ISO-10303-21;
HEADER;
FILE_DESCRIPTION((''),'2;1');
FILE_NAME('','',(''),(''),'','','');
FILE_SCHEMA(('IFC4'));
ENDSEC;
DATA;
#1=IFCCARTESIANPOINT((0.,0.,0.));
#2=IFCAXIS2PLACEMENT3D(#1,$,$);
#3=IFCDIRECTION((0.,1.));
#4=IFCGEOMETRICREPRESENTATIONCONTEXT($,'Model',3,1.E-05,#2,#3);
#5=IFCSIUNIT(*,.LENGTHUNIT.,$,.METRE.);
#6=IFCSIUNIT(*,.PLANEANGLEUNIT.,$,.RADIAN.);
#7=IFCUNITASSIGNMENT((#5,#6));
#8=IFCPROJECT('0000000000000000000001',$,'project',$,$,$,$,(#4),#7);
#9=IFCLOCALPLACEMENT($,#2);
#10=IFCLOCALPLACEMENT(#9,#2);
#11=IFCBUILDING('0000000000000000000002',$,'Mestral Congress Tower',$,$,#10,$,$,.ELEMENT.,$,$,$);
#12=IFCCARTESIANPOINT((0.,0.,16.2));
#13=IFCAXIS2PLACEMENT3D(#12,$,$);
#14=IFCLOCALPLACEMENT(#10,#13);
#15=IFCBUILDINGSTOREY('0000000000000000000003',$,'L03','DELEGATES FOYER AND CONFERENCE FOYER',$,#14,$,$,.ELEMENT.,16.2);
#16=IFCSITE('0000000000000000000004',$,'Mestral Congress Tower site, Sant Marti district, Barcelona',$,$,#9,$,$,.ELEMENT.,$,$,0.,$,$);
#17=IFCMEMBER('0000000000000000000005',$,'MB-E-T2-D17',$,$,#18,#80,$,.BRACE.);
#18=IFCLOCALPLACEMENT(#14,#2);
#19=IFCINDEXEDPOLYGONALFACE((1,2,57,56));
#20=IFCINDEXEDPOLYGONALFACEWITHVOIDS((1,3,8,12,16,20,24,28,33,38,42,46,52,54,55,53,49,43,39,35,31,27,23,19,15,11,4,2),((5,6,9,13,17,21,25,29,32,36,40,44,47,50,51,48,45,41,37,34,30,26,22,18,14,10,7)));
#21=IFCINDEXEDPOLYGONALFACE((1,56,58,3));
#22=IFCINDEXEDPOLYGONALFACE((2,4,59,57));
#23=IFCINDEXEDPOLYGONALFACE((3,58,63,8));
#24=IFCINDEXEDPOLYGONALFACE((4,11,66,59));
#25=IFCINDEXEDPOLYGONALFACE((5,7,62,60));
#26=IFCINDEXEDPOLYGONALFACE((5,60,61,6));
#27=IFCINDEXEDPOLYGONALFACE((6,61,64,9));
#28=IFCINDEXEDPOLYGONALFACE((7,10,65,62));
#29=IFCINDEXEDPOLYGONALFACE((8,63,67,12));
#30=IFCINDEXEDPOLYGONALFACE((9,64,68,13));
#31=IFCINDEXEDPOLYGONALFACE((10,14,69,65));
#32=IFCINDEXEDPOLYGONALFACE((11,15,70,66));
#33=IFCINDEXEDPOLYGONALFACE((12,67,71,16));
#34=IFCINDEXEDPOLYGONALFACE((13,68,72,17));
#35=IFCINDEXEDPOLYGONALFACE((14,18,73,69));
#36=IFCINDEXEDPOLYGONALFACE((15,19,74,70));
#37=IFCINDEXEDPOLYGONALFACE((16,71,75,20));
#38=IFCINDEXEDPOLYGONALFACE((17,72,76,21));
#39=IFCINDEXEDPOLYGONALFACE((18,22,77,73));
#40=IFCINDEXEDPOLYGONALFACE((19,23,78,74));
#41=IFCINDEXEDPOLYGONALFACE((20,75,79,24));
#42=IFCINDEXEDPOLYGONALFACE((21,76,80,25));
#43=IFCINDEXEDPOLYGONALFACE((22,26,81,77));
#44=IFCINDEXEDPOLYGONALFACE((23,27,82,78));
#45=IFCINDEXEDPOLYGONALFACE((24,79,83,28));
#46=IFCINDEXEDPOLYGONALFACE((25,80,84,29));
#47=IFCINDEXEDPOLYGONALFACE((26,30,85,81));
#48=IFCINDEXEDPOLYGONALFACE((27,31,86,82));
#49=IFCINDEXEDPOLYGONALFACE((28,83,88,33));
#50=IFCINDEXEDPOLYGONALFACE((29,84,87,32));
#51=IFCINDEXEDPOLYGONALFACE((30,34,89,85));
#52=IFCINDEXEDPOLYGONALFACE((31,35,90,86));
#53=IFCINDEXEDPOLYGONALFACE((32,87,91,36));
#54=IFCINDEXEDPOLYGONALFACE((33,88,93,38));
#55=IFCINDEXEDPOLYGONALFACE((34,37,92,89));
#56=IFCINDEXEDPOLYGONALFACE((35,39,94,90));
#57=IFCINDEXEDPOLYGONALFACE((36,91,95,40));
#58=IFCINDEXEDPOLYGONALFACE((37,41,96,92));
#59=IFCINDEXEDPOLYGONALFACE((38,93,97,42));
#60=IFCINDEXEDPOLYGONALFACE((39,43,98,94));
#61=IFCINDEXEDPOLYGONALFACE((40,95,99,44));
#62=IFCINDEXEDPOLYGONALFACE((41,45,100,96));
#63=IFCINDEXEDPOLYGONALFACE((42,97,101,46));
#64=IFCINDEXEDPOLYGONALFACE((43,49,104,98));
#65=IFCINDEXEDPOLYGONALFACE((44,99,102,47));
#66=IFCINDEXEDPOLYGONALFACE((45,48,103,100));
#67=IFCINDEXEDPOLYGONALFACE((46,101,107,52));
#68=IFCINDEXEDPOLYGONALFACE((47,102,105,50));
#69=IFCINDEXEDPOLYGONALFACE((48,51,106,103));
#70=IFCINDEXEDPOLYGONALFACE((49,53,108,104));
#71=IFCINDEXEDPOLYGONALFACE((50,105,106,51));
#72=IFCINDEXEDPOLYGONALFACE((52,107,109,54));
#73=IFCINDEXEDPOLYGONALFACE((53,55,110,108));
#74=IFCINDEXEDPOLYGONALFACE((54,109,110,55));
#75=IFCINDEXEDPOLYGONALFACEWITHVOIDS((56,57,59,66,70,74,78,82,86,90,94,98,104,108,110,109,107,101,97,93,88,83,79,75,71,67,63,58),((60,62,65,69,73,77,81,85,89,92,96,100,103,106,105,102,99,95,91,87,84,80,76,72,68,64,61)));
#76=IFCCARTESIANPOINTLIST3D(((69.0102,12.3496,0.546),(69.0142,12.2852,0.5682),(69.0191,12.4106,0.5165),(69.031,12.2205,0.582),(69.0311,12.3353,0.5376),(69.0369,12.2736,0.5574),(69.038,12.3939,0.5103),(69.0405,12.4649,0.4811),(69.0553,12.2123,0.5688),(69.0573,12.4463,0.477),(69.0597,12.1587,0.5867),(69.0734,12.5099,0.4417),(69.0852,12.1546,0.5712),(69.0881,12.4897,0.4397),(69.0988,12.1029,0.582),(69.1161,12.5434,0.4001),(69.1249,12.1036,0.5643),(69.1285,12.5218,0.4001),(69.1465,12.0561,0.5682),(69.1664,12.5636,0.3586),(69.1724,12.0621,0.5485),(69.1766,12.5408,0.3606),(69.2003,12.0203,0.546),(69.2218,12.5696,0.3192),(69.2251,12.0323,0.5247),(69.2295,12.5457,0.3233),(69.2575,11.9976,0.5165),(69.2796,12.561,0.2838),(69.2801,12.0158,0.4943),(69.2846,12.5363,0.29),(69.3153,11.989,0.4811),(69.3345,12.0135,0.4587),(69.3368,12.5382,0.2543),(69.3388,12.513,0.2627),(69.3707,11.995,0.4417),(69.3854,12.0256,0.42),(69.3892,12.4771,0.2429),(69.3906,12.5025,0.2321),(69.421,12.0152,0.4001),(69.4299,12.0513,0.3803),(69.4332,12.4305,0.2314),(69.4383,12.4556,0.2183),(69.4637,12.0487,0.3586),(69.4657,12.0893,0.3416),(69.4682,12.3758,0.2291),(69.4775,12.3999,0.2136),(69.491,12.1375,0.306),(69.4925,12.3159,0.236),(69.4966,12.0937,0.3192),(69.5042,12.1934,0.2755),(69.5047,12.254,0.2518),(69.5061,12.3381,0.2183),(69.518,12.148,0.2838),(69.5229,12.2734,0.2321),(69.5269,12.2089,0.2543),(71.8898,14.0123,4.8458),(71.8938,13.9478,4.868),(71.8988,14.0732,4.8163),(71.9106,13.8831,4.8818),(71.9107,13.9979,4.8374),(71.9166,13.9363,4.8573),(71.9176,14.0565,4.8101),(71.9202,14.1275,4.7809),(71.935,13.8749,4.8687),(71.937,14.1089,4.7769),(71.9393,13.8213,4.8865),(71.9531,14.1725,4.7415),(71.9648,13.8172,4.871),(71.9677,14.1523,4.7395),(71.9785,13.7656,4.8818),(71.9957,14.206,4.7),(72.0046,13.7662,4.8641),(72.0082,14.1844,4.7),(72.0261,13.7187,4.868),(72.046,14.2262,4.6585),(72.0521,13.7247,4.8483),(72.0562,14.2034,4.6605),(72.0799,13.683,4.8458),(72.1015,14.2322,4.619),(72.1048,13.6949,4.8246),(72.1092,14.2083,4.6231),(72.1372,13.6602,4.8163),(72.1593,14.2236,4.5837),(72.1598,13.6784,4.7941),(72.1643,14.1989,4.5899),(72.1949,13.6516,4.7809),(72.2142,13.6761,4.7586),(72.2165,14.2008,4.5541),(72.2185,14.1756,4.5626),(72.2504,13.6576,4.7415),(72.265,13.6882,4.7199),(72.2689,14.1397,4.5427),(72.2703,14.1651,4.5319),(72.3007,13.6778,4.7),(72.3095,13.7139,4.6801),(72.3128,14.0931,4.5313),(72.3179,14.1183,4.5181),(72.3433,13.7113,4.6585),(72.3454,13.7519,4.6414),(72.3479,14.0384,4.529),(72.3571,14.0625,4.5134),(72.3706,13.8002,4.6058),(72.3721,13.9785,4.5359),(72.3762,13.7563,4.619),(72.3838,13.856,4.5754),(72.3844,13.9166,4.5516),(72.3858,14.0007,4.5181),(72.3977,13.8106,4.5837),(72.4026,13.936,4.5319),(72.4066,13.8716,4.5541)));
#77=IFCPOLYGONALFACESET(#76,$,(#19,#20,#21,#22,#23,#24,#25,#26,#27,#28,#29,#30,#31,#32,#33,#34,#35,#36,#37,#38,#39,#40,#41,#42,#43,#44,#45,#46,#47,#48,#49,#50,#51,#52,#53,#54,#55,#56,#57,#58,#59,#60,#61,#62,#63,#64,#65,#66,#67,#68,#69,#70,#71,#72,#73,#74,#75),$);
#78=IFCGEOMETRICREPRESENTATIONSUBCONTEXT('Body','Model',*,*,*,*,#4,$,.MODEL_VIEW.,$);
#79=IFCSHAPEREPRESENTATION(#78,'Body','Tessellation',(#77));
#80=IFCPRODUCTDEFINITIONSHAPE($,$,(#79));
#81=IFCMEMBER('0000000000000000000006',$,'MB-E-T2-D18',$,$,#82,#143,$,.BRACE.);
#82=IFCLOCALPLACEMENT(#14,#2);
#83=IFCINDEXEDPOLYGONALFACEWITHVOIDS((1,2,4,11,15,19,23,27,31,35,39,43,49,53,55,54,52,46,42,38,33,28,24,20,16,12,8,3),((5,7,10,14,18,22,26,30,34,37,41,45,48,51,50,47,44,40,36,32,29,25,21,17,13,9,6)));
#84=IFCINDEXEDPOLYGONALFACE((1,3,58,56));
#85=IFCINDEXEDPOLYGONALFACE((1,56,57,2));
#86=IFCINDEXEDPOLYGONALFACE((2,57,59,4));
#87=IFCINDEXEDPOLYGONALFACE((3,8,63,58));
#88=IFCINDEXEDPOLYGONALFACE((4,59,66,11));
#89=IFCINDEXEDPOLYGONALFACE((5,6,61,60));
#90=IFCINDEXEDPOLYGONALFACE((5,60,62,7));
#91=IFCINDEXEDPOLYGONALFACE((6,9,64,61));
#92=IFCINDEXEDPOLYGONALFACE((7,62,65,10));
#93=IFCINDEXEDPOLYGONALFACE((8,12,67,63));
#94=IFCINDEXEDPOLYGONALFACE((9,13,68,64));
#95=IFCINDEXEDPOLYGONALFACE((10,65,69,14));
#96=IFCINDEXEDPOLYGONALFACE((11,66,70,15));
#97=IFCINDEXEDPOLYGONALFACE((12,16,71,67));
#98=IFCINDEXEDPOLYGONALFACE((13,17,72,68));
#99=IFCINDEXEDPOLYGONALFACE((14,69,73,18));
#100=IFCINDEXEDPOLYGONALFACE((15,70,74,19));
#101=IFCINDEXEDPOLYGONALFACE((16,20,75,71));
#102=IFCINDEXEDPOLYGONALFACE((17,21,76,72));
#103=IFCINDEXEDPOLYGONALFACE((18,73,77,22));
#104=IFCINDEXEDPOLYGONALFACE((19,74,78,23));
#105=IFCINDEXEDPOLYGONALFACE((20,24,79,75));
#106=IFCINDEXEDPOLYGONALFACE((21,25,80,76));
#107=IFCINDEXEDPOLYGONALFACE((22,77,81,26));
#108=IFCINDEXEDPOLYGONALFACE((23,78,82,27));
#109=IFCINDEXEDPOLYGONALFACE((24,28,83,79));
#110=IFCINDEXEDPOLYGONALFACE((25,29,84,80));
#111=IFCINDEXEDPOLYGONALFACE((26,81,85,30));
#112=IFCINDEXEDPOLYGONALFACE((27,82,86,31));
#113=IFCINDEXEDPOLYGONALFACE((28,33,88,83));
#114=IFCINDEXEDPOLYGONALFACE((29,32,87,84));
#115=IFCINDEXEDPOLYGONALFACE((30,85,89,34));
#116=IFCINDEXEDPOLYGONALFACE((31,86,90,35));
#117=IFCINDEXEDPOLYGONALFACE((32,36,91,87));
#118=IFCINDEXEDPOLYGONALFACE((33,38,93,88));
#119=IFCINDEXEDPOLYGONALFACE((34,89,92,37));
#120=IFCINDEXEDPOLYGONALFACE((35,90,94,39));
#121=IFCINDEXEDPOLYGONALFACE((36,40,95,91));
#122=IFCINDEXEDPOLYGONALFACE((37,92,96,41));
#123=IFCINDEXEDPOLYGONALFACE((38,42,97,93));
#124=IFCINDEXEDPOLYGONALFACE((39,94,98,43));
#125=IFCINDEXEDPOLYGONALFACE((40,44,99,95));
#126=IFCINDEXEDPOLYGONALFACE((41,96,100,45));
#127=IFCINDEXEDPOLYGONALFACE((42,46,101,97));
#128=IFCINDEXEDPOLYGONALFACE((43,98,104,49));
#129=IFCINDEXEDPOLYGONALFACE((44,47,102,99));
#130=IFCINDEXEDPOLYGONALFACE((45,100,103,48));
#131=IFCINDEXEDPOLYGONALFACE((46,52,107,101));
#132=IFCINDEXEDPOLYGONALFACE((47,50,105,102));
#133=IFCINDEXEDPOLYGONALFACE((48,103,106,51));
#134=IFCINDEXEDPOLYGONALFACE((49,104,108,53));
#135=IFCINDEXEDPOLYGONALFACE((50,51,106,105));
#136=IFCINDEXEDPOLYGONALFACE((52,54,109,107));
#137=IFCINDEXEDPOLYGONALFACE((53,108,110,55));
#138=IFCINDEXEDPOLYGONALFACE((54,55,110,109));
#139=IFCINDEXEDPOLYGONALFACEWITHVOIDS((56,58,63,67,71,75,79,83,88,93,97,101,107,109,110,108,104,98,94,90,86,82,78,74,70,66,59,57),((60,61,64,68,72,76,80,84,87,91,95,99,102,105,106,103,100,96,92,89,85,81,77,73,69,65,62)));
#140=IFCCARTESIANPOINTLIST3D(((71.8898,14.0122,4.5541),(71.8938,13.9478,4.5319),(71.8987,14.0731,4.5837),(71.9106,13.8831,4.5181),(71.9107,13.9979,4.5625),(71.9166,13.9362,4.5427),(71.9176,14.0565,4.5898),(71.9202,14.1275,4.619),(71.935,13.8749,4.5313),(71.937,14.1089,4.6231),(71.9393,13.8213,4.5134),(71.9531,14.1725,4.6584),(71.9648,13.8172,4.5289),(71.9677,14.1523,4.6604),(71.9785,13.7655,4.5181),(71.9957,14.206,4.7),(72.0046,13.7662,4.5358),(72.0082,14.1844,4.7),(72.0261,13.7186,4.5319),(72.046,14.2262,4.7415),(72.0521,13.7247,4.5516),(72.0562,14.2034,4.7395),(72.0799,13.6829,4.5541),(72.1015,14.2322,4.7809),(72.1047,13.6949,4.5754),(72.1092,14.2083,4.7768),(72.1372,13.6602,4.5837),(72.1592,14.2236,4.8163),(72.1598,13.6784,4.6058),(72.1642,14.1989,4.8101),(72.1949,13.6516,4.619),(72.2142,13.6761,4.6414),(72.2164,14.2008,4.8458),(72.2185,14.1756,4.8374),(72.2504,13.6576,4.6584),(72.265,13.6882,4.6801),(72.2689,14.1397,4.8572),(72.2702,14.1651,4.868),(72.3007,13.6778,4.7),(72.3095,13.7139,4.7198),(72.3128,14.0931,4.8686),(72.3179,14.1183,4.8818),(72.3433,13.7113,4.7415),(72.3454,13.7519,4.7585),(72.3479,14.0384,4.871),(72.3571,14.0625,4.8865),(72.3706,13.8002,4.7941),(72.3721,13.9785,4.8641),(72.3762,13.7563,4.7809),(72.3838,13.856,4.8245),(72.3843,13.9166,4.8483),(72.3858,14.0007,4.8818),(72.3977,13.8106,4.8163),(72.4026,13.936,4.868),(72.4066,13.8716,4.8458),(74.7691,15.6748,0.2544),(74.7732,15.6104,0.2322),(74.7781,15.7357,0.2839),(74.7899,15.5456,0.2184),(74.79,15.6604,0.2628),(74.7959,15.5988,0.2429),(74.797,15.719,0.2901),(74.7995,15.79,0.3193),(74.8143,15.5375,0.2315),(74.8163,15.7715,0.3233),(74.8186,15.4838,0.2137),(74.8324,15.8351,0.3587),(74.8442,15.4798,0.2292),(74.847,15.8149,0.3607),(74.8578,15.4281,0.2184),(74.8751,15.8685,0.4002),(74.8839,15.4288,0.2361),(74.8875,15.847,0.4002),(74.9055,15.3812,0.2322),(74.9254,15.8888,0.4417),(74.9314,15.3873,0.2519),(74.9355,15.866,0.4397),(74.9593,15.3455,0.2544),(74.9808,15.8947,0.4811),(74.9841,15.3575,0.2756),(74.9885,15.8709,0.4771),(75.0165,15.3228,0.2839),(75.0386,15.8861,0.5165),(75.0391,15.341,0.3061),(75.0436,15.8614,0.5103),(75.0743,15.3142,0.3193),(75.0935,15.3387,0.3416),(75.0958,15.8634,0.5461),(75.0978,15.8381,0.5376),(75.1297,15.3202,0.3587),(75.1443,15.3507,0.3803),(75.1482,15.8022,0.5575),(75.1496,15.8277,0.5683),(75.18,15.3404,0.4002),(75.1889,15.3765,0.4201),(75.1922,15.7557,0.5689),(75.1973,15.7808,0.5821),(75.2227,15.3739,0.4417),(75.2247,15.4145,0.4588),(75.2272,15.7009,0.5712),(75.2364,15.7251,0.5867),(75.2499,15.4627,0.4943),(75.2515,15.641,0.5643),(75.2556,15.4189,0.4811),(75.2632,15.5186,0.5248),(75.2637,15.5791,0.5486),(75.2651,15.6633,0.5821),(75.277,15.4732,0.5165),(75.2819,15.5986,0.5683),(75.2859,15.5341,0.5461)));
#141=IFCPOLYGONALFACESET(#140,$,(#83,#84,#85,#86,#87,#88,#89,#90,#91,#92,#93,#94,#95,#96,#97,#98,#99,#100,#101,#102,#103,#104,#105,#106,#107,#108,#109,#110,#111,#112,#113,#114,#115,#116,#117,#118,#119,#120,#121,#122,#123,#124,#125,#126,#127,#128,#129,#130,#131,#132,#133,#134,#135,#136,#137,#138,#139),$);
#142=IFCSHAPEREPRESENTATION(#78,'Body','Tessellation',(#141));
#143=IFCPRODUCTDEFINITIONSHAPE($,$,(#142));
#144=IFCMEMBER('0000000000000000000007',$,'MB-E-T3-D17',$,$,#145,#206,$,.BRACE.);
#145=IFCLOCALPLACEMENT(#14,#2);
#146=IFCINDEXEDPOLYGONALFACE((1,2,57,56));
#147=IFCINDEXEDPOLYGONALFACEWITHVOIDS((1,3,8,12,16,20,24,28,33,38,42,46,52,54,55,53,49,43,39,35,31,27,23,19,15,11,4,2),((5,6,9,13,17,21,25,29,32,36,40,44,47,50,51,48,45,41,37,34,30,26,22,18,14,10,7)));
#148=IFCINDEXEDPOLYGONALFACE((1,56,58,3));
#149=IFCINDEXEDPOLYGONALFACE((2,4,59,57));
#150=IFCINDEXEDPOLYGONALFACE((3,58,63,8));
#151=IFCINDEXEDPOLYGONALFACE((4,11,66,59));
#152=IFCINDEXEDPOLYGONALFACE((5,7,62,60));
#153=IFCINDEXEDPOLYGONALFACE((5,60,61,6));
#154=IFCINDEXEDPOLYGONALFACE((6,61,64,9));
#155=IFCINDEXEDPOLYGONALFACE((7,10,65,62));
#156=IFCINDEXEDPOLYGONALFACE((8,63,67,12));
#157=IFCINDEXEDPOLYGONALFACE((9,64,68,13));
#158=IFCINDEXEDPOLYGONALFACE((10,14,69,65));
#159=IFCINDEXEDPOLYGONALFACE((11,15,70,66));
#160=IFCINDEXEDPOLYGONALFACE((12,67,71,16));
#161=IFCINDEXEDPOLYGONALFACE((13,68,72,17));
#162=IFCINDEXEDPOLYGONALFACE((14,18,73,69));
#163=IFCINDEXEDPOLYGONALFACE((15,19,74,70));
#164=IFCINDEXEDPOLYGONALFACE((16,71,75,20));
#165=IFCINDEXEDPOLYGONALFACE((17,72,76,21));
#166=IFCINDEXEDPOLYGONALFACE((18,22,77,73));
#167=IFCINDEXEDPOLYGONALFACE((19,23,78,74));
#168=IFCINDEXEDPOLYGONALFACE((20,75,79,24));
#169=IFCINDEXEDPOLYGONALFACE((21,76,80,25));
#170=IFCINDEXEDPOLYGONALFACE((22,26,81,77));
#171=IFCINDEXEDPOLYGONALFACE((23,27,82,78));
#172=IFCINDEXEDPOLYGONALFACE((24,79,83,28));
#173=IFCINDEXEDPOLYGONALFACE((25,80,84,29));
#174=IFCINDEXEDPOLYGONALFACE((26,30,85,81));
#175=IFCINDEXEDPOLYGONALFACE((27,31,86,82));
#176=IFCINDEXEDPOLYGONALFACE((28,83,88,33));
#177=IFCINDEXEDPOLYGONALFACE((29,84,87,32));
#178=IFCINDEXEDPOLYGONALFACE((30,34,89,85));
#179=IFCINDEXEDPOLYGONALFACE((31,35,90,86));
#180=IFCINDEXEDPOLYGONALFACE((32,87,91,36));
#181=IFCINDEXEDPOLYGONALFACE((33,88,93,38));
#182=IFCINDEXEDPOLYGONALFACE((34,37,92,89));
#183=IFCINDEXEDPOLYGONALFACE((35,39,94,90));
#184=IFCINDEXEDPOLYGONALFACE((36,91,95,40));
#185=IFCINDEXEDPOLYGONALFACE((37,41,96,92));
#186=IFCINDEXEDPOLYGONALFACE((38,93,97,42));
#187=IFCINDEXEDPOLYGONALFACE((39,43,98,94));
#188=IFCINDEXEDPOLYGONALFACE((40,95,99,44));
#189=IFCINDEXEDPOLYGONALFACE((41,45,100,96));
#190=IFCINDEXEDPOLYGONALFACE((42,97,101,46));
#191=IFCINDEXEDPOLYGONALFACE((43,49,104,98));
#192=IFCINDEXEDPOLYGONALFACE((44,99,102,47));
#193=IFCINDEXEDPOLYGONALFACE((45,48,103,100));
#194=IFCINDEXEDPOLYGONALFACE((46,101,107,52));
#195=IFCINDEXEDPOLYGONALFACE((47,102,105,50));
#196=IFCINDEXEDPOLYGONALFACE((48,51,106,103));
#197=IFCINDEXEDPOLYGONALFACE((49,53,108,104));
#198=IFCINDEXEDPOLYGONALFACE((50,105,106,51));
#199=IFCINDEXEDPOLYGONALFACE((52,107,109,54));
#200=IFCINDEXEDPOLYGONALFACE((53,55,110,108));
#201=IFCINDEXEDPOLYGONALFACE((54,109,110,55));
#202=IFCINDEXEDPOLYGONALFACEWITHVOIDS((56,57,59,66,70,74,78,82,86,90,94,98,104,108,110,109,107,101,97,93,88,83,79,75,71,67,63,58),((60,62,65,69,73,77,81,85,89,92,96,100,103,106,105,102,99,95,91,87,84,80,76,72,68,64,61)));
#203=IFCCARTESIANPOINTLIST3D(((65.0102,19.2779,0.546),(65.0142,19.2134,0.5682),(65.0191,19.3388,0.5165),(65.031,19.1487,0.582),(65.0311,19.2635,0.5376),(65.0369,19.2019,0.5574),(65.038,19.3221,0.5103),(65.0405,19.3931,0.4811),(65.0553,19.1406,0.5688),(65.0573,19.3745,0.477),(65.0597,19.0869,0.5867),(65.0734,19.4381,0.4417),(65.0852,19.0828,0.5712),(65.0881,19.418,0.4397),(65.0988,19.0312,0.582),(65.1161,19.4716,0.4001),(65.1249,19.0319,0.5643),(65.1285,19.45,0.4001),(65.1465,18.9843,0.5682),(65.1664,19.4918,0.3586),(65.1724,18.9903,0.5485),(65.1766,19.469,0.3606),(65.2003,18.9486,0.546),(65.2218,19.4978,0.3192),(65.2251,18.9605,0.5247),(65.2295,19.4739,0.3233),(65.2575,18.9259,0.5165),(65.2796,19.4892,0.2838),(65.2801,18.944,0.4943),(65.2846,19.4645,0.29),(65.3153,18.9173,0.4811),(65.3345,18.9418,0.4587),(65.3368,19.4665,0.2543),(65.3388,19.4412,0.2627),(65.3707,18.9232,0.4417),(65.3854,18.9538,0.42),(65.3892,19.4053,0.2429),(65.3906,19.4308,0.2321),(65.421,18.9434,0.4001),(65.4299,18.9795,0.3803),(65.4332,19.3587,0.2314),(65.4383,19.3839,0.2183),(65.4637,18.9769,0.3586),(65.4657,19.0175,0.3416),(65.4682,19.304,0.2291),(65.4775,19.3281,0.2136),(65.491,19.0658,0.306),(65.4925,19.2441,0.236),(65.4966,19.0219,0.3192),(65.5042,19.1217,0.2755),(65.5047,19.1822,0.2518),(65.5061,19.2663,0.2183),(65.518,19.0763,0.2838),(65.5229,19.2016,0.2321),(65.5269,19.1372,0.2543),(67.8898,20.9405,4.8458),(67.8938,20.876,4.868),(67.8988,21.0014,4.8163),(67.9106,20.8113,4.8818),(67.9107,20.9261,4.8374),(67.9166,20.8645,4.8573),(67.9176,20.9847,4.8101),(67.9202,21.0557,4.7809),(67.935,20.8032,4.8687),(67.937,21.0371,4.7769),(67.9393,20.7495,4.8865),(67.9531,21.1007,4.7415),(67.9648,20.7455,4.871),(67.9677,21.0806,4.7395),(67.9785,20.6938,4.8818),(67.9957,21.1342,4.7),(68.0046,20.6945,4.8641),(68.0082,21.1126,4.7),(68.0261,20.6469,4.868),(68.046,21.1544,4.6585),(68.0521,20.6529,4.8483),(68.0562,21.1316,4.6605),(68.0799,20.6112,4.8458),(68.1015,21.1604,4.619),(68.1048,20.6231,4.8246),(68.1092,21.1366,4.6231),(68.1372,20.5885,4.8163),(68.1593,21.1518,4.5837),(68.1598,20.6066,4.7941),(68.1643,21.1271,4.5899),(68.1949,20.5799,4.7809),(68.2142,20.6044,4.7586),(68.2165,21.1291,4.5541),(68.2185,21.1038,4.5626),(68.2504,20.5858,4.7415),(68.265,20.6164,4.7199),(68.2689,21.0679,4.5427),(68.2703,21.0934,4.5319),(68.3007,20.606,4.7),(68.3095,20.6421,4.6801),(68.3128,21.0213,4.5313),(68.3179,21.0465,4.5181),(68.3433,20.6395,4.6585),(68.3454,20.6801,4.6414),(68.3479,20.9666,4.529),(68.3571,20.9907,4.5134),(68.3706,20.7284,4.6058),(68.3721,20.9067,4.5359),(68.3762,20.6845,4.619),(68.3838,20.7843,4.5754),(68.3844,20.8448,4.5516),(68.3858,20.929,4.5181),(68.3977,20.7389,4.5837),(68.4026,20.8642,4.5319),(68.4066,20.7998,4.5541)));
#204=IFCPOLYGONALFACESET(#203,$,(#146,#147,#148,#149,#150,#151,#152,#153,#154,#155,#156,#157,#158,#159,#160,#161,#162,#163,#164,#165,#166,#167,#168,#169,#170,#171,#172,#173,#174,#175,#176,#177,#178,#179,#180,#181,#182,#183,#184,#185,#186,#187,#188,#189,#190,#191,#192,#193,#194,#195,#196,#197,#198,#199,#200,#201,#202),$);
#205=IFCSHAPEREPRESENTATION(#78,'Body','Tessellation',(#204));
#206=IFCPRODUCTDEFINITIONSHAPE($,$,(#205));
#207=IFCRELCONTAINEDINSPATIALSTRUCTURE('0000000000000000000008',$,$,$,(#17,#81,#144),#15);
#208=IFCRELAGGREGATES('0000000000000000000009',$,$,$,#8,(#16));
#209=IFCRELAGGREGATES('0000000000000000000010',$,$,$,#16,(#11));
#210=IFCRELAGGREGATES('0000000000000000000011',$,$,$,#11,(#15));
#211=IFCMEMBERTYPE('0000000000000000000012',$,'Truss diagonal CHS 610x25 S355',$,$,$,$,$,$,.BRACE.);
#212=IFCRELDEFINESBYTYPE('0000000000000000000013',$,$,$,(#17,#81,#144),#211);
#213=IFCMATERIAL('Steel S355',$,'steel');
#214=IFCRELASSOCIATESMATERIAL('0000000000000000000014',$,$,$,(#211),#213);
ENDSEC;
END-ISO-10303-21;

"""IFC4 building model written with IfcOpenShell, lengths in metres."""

from ifc_helpers import new_model, si_unit, direction, frame, origin, origin_2d, place, context, subcontext, project, spatial, hollow_circle, extrude, material, material_profile, profile_set, type_object, element, save


model = new_model("IFC4")

# Units and contexts
model_context = context("Model", 3, precision=1e-05, world=origin(), true_north=direction((0.0, 1.0)))
body_context = subcontext(model_context, "Body", "Model", "MODEL_VIEW")
ifc_project = project(units=[si_unit("LENGTHUNIT", "METRE"), si_unit("PLANEANGLEUNIT", "RADIAN")], contexts=[model_context])

# Site, building, storey
site_placement = place(None, origin())
site = spatial("IfcSite", under=ifc_project, at=site_placement, Name="Mestral Congress Tower site, Sant Marti district, Barcelona", CompositionType="ELEMENT", RefElevation=0.0)
building_placement = place(site_placement, origin())
building = spatial("IfcBuilding", under=site, at=building_placement, Name="Mestral Congress Tower", CompositionType="ELEMENT")
storey_placement = place(building_placement, frame((0.0, 0.0, 16.2)))
storey = spatial("IfcBuildingStorey", under=building, at=storey_placement, Name="L03", Description="DELEGATES FOYER AND CONFERENCE FOYER", CompositionType="ELEMENT", Elevation=16.2)

# Members
ifc_material_1 = material(Name="Steel S355", Category="steel")
ifc_material_profile_1 = material_profile(ifc_material_1, hollow_circle(Radius=0.3049, WallThickness=0.0249, at=origin_2d()), Name="CHS 610x25")
ifc_profile_set_1 = profile_set([ifc_material_profile_1], Name="Steel S355")
member_type_1 = type_object("IfcMemberType", Name="Truss diagonal CHS 610x25 S355", PredefinedType="BRACE", material=ifc_profile_set_1)
for number, where, z_axis, x_axis, name in (
    (1, (69.2686, 12.2793, 0.4001), (0.529782, 0.305877, 0.791057), (-0.500008, 0.866021, 0.0), "MB-E-T2-D17"),
):
    element("IfcMember", number, at=place(storey_placement, frame(where, z_axis=z_axis, x_axis=x_axis)), inside=storey, type_object=member_type_1, Name=name, PredefinedType="BRACE", context=body_context, shape_type="SweptSolid", body=[
        extrude(hollow_circle(Radius=0.3049, WallThickness=0.0249, at=origin_2d()), origin(), (0.0, 0.0, 1.0), 5.4355),
    ])
member_1_placement = place(storey_placement, frame((72.1482, 13.9419, 4.7), z_axis=(0.529749, 0.305884, -0.791076), x_axis=(-0.50004, 0.866002, 0.0)))
element("IfcMember", 2, at=member_1_placement, inside=storey, type_object=member_type_1, Name="MB-E-T2-D18", PredefinedType="BRACE", context=body_context, shape_type="SweptSolid", body=[
    extrude(hollow_circle(Radius=0.3049, WallThickness=0.0249, at=origin_2d()), origin(), (0.0, 0.0, 1.0), 5.4353),
])
member_2_placement = place(storey_placement, frame((65.2686, 19.2075, 0.4001), z_axis=(0.529782, 0.305877, 0.791057), x_axis=(-0.500008, 0.866021, 0.0)))
element("IfcMember", 3, at=member_2_placement, inside=storey, type_object=member_type_1, Name="MB-E-T3-D17", PredefinedType="BRACE", context=body_context, shape_type="SweptSolid", body=[
    extrude(hollow_circle(Radius=0.3049, WallThickness=0.0249, at=origin_2d()), origin(), (0.0, 0.0, 1.0), 5.4355),
])

save(model, "model.ifc")
